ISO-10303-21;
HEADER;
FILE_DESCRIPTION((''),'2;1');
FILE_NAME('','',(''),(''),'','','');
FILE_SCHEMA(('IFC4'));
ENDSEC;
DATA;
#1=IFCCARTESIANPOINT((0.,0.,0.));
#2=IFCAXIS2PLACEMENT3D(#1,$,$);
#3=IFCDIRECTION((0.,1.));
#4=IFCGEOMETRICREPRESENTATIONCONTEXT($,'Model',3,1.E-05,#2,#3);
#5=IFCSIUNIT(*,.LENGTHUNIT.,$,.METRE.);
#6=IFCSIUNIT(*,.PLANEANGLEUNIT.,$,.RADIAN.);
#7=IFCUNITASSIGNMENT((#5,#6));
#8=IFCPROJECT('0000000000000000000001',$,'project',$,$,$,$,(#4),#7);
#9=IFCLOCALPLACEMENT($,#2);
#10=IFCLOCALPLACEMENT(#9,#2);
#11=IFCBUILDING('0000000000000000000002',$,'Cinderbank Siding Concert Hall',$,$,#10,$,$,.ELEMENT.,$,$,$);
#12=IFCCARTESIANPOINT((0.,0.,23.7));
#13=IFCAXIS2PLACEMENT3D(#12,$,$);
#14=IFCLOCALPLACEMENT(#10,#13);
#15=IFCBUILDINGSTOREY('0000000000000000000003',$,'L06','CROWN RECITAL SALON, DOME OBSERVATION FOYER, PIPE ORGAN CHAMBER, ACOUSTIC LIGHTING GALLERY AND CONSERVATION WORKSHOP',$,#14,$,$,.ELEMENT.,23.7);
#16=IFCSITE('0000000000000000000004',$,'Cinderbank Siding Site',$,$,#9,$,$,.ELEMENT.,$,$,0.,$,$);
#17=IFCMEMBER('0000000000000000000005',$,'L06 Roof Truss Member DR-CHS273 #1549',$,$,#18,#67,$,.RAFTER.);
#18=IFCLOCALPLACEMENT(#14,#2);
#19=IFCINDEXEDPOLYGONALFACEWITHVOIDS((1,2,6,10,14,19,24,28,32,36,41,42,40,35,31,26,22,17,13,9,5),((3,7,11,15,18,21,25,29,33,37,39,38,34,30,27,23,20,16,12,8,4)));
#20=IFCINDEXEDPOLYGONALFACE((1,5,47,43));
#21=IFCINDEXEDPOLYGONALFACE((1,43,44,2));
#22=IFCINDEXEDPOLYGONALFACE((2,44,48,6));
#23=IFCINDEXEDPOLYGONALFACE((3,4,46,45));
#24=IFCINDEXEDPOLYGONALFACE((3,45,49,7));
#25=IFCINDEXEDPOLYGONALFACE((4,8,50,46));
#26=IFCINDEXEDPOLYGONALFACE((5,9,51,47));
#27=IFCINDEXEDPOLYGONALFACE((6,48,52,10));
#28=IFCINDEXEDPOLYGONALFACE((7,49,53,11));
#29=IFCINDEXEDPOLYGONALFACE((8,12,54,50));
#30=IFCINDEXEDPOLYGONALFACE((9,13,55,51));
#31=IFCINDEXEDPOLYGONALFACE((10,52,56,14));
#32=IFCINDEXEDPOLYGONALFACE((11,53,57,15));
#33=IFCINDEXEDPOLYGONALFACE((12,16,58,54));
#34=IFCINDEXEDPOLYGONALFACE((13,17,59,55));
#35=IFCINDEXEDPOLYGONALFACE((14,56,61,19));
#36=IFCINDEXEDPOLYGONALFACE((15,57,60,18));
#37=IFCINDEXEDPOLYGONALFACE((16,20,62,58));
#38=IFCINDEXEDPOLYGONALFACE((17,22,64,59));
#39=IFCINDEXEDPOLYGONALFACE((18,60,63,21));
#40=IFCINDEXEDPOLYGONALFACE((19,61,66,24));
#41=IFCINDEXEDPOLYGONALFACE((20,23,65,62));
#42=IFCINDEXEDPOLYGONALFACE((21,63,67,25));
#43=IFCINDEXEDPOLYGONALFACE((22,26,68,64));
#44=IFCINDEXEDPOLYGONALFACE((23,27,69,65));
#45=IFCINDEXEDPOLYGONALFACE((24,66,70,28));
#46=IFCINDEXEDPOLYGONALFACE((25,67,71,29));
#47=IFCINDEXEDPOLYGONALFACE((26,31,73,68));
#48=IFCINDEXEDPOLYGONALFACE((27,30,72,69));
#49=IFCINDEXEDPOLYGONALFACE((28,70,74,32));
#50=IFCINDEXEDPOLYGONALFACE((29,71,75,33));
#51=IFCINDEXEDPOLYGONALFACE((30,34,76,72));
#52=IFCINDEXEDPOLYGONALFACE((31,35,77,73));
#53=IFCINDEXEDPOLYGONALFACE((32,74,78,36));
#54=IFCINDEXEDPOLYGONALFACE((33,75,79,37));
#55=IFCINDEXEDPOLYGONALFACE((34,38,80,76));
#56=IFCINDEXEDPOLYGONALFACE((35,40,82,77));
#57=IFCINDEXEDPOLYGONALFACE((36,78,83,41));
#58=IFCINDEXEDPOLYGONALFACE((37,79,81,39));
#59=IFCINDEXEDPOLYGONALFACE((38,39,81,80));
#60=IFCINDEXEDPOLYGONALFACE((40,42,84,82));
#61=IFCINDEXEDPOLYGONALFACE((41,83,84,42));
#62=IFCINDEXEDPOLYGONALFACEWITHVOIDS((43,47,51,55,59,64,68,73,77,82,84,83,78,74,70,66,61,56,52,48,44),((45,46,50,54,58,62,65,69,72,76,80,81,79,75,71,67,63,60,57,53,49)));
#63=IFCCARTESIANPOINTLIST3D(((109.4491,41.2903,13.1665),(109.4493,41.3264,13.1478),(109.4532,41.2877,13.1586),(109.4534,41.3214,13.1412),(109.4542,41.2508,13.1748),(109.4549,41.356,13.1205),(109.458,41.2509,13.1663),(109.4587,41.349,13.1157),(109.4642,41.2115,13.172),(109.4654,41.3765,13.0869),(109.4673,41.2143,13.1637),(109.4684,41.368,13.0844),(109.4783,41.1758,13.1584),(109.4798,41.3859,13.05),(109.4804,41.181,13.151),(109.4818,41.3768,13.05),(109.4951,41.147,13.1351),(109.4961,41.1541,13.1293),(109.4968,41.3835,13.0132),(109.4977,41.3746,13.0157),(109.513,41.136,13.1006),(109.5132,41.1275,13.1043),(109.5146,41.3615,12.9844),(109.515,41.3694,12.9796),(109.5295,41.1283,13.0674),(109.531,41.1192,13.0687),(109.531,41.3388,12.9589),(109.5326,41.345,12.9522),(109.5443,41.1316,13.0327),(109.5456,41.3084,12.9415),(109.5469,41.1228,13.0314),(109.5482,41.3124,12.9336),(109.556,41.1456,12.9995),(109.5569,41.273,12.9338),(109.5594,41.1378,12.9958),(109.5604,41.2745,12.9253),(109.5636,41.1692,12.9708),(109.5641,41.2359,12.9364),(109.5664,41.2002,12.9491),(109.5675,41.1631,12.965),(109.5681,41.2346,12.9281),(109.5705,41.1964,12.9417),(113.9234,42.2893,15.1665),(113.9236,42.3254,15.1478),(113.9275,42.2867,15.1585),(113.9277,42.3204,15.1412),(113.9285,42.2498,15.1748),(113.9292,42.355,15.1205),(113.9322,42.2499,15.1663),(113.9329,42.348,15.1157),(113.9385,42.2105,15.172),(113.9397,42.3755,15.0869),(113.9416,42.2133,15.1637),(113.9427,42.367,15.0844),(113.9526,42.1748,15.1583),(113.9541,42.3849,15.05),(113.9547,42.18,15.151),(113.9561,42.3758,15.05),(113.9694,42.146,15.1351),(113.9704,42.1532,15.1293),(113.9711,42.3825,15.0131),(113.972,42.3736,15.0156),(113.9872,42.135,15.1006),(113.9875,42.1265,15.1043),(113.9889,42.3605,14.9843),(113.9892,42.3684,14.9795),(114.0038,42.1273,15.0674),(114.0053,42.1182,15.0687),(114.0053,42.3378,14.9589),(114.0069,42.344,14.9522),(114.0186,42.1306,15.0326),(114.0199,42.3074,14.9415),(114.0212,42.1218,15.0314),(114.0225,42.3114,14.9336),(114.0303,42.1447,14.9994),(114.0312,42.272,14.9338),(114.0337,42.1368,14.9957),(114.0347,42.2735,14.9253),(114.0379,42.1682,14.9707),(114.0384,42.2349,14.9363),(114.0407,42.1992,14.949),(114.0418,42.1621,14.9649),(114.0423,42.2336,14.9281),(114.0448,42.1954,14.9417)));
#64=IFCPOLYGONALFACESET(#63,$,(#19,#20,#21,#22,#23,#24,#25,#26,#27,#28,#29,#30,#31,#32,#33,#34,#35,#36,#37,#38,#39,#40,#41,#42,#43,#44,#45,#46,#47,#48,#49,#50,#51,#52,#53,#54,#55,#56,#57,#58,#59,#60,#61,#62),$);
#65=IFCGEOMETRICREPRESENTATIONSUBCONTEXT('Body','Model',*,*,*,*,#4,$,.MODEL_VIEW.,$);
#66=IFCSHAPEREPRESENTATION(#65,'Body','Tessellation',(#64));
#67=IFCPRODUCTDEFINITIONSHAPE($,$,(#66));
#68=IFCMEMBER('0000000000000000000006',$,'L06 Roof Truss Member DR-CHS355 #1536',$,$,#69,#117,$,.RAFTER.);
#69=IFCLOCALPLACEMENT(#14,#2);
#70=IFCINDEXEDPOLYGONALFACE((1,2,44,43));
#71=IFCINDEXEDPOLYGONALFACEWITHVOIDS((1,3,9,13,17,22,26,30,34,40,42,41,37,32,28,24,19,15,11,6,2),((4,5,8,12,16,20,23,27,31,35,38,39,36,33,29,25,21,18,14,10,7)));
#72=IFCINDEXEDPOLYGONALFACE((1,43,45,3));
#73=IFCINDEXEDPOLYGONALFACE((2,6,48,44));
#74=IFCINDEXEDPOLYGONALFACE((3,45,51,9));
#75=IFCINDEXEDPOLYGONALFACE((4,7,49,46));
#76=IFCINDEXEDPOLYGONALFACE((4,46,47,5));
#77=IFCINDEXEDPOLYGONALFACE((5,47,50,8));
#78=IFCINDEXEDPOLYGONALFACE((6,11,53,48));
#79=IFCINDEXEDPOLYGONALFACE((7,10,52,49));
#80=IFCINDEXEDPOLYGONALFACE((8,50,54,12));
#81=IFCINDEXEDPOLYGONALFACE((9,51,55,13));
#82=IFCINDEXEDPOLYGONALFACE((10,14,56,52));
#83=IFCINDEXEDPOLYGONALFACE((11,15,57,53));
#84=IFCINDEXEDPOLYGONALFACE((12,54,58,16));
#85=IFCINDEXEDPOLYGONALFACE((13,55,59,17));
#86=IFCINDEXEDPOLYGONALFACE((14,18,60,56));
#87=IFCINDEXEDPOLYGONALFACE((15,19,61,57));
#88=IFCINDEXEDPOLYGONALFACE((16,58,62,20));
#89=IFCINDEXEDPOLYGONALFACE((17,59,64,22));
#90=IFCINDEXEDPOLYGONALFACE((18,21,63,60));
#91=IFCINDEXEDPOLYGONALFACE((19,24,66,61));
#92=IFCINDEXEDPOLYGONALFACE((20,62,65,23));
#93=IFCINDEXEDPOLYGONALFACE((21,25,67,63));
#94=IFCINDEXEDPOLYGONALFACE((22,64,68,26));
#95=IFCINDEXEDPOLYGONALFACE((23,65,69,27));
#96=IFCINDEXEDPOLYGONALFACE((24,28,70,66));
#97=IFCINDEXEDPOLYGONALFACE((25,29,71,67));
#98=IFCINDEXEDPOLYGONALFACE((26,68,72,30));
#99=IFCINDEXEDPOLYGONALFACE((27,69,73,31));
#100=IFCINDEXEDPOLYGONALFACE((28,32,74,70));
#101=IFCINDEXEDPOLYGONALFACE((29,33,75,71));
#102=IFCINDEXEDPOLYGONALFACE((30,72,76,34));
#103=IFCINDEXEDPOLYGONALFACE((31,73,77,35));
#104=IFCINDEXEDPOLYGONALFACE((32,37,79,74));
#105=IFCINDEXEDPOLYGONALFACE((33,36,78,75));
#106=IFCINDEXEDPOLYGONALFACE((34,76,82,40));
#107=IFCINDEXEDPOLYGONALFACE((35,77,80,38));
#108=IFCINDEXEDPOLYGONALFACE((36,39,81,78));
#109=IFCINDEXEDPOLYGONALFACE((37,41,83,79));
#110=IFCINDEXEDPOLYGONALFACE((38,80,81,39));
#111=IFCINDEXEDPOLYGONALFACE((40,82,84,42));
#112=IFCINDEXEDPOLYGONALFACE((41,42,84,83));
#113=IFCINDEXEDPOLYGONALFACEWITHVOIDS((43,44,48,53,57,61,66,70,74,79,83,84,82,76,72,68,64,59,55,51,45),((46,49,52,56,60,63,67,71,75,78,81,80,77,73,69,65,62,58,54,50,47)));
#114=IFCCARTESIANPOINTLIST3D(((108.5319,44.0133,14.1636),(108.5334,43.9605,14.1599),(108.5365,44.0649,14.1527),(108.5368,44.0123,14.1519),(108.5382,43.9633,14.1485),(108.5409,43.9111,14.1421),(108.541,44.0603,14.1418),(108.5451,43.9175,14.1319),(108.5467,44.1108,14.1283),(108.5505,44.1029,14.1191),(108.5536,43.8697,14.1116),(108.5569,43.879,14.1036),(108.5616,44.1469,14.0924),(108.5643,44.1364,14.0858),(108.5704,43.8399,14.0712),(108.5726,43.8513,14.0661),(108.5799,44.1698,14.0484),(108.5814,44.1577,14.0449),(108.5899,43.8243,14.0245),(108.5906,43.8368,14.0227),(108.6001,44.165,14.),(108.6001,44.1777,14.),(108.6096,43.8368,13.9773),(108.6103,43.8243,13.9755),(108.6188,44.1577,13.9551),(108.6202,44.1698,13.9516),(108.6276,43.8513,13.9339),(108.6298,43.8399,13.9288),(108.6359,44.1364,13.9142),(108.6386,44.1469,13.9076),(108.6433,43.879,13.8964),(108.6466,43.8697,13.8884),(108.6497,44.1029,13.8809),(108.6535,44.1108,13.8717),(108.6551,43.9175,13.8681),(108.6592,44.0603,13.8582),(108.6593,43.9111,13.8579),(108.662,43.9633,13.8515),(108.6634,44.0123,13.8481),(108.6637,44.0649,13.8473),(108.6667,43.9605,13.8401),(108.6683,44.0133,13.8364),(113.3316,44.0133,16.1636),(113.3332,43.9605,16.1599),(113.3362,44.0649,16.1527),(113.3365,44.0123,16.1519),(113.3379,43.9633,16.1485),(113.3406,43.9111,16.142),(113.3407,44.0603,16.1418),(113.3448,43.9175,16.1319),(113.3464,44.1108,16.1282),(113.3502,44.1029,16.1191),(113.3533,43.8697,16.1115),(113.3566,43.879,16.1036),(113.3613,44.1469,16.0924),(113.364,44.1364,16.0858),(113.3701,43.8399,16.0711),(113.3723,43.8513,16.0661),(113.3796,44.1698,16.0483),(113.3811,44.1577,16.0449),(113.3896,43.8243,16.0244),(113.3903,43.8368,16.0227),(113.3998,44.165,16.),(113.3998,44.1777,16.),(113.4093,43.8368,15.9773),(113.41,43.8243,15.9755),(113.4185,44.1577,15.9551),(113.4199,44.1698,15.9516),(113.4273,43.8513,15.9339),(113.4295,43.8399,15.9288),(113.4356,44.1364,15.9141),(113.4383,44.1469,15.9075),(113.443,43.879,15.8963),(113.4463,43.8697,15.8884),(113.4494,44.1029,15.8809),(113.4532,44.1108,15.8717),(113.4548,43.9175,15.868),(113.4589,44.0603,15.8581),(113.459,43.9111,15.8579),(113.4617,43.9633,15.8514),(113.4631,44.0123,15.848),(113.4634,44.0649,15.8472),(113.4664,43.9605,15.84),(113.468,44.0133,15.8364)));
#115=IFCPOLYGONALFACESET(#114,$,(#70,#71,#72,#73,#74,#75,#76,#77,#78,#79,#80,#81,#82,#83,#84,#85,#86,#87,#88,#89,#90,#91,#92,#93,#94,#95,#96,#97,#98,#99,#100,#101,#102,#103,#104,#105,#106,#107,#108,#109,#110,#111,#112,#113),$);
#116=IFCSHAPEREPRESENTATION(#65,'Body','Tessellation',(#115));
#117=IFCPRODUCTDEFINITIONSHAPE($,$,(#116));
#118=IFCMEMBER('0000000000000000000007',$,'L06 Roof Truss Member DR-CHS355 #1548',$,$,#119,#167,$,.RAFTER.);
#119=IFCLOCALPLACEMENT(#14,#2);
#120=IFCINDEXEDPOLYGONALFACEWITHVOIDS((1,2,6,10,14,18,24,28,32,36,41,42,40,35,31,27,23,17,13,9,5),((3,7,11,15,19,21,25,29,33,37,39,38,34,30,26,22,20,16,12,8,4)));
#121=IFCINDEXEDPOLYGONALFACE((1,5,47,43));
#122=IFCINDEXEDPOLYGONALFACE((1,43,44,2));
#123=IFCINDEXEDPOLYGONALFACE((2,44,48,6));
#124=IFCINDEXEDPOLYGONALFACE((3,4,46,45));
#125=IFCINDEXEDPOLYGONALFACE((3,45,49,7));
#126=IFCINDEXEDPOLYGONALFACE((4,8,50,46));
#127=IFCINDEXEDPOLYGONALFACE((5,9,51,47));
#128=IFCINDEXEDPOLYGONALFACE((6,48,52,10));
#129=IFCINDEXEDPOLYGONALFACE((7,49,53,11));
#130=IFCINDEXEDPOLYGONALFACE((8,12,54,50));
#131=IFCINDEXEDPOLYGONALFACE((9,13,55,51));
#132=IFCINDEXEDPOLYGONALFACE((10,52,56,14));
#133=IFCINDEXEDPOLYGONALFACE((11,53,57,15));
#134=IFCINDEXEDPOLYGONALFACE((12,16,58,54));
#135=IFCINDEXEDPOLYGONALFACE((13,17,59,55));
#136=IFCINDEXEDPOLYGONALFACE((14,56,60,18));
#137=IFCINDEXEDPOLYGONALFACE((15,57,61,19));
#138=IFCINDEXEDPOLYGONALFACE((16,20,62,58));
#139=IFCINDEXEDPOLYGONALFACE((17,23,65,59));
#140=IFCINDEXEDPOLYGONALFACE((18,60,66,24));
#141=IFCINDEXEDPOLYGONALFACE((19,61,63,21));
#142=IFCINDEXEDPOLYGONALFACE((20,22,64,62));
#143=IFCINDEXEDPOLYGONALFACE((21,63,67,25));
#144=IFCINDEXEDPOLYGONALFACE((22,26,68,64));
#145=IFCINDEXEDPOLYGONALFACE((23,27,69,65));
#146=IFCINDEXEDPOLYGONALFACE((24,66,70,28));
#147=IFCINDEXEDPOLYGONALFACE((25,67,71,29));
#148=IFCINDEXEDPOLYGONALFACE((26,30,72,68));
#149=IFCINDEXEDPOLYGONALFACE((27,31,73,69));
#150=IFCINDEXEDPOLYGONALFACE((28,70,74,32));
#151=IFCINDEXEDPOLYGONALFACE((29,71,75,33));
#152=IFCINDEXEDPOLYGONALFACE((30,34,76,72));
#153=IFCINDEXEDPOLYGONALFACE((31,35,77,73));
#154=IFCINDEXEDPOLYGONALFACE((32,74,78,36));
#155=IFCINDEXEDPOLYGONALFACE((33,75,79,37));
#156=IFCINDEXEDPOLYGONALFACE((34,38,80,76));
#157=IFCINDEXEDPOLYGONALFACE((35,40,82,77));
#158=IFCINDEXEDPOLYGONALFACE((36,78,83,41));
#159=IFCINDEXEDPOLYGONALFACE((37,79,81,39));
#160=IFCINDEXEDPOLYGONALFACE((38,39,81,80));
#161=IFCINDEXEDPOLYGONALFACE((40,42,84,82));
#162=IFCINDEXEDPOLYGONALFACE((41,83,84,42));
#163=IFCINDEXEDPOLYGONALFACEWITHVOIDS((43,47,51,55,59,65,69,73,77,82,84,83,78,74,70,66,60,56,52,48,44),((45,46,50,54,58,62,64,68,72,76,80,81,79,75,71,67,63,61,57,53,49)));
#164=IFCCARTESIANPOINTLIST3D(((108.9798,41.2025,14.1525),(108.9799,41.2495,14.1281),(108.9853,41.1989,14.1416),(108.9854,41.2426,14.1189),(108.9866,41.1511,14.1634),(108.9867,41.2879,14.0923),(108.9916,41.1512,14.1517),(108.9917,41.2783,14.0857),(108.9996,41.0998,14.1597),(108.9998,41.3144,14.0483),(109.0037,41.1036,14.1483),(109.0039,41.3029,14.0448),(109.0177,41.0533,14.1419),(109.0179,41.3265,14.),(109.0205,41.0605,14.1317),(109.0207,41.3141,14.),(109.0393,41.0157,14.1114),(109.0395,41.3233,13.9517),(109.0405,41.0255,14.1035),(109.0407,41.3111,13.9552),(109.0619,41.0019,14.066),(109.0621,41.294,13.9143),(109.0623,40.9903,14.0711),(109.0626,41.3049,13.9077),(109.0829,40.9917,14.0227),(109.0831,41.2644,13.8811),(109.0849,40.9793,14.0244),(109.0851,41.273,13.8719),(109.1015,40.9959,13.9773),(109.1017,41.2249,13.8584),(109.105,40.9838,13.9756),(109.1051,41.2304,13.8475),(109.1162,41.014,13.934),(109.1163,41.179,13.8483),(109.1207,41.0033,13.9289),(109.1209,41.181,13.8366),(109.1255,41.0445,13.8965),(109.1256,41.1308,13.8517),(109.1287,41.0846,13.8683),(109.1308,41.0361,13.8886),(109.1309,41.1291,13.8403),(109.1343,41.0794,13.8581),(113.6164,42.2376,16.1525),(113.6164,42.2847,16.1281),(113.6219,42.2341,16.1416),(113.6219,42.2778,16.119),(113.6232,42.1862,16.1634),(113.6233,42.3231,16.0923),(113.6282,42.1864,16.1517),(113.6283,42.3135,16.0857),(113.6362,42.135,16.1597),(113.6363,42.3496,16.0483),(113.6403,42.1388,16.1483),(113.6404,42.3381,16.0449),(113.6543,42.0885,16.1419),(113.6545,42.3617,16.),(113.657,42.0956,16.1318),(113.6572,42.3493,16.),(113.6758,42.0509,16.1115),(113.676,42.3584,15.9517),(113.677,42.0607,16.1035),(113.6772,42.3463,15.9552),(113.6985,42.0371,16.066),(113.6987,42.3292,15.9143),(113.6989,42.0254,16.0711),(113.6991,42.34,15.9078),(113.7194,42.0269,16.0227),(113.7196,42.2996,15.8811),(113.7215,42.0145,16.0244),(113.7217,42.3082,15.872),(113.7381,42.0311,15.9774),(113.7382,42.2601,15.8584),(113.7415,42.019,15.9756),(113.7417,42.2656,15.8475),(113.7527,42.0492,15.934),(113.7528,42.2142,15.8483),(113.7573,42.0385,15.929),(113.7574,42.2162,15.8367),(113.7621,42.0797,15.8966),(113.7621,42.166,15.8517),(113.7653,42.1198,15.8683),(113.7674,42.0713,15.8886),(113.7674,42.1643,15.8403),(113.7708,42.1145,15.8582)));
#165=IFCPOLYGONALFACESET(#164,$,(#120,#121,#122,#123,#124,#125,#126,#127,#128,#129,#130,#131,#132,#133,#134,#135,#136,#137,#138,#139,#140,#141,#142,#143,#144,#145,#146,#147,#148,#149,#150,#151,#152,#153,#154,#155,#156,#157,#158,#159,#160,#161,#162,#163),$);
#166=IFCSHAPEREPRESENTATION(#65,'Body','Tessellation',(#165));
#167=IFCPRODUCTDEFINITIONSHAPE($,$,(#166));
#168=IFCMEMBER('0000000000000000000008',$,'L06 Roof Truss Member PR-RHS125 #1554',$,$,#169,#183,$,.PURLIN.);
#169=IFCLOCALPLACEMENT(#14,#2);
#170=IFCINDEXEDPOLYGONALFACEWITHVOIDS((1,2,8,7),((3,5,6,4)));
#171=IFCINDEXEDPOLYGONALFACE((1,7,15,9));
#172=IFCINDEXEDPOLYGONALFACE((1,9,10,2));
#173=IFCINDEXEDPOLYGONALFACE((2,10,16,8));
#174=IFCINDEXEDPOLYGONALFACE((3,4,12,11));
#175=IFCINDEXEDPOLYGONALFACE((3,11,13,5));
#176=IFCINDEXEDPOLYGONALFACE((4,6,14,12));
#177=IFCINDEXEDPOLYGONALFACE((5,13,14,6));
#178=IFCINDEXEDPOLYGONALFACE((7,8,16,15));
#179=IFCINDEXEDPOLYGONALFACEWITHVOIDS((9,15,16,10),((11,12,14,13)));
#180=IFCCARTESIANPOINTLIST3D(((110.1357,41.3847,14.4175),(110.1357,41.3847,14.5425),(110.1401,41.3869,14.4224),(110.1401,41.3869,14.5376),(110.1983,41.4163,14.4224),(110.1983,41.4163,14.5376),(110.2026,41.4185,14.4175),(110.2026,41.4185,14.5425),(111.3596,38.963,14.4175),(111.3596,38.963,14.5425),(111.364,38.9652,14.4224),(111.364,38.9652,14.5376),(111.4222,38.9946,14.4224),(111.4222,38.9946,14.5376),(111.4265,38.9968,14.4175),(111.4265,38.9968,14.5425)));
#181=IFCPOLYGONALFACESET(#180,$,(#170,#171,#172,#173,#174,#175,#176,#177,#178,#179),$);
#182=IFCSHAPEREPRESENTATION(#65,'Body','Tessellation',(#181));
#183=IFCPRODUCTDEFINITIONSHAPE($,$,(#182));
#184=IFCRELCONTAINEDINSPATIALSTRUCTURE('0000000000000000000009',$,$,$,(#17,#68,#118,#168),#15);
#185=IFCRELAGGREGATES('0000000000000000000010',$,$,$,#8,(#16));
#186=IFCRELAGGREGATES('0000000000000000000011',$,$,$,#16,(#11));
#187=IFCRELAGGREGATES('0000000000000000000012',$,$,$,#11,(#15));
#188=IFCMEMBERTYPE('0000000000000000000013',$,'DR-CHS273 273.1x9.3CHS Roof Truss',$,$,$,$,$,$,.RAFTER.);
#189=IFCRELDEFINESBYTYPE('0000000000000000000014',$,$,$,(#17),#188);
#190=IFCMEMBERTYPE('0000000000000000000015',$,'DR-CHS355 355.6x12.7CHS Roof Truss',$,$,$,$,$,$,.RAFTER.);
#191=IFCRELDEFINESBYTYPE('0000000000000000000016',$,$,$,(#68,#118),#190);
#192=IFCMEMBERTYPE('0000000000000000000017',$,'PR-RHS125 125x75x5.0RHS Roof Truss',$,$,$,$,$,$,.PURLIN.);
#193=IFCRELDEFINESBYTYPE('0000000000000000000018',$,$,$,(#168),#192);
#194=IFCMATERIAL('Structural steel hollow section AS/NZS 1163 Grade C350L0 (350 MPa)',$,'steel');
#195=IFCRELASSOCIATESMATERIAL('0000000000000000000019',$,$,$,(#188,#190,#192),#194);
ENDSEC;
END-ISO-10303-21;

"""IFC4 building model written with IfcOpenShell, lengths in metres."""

from ifc_helpers import new_model, si_unit, direction, frame, origin, origin_2d, place, context, subcontext, project, spatial, hollow_rectangle, hollow_circle, extrude, material, material_profile, profile_set, type_object, element, save


model = new_model("IFC4")

# Units and contexts
model_context = context("Model", 3, precision=1e-05, world=origin(), true_north=direction((0.0, 1.0)))
body_context = subcontext(model_context, "Body", "Model", "MODEL_VIEW")
ifc_project = project(units=[si_unit("LENGTHUNIT", "METRE"), si_unit("PLANEANGLEUNIT", "RADIAN")], contexts=[model_context])

# Site, building, storey
site_placement = place(None, origin())
site = spatial("IfcSite", under=ifc_project, at=site_placement, Name="Cinderbank Siding Site", CompositionType="ELEMENT", RefElevation=0.0)
building_placement = place(site_placement, origin())
building = spatial("IfcBuilding", under=site, at=building_placement, Name="Cinderbank Siding Concert Hall", CompositionType="ELEMENT")
storey_placement = place(building_placement, frame((0.0, 0.0, 23.7)))
storey = spatial("IfcBuildingStorey", under=building, at=storey_placement, Name="L06", Description="CROWN RECITAL SALON, DOME OBSERVATION FOYER, PIPE ORGAN CHAMBER, ACOUSTIC LIGHTING GALLERY AND CONSERVATION WORKSHOP", CompositionType="ELEMENT", Elevation=23.7)

# Members
ifc_material_1 = material(Name="Structural steel hollow section AS/NZS 1163 Grade C350L0 (350 MPa)", Category="steel")
ifc_material_profile_1 = material_profile(ifc_material_1, hollow_circle(Radius=0.1365, WallThickness=0.0093, at=origin_2d()), Name="273.1x9.3CHS", Category="LoadBearing")
ifc_profile_set_1 = profile_set([ifc_material_profile_1], Name="Structural steel hollow section AS/NZS 1163 Grade C350L0 (350 MPa)")
member_type_1 = type_object("IfcMemberType", Name="DR-CHS273 273.1x9.3CHS Roof Truss", PredefinedType="RAFTER", material=ifc_profile_set_1)
member_1_placement = place(storey_placement, frame((109.5095, 41.2527, 13.05), z_axis=(0.894551, 0.199733, 0.399856), x_axis=(-0.217911, 0.975969, 0.0)))
element("IfcMember", 1, at=member_1_placement, inside=storey, type_object=member_type_1, Name="L06 Roof Truss Member DR-CHS273 #1549", PredefinedType="RAFTER", context=body_context, shape_type="SweptSolid", body=[
    extrude(hollow_circle(Radius=0.1365, WallThickness=0.0093, at=origin_2d()), origin(), (0.0, 0.0, 1.0), 5.0017),
])
ifc_material_profile_2 = material_profile(ifc_material_1, hollow_circle(Radius=0.1777, WallThickness=0.0127, at=origin_2d()), Name="355.6x12.7CHS", Category="LoadBearing")
ifc_profile_set_2 = profile_set([ifc_material_profile_2], Name="Structural steel hollow section AS/NZS 1163 Grade C350L0 (350 MPa)")
member_type_2 = type_object("IfcMemberType", Name="DR-CHS355 355.6x12.7CHS Roof Truss", PredefinedType="RAFTER", material=ifc_profile_set_2)
member_2_placement = place(storey_placement, frame((108.6001, 44.0, 14.0), z_axis=(0.923071, 0.0, 0.384629), x_axis=(0.0, 1.0, 0.0)))
element("IfcMember", 2, at=member_2_placement, inside=storey, type_object=member_type_2, Name="L06 Roof Truss Member DR-CHS355 #1536", PredefinedType="RAFTER", context=body_context, shape_type="SweptSolid", body=[
    extrude(hollow_circle(Radius=0.1777, WallThickness=0.0127, at=origin_2d()), origin(), (0.0, 0.0, 1.0), 5.1997),
])
member_3_placement = place(storey_placement, frame((109.0566, 41.1531, 14.0), z_axis=(0.899508, 0.200827, 0.388014), x_axis=(-0.217899, 0.975971, 0.0)))
element("IfcMember", 3, at=member_3_placement, inside=storey, type_object=member_type_2, Name="L06 Roof Truss Member DR-CHS355 #1548", PredefinedType="RAFTER", context=body_context, shape_type="SweptSolid", body=[
    extrude(hollow_circle(Radius=0.1777, WallThickness=0.0127, at=origin_2d()), origin(), (0.0, 0.0, 1.0), 5.1545),
])
ifc_material_profile_3 = material_profile(ifc_material_1, hollow_rectangle(XDim=0.075, YDim=0.125, WallThickness=0.0049, at=origin_2d()), Name="125x75x5.0RHS", Category="LoadBearing")
ifc_profile_set_3 = profile_set([ifc_material_profile_3], Name="Structural steel hollow section AS/NZS 1163 Grade C350L0 (350 MPa)")
member_type_3 = type_object("IfcMemberType", Name="PR-RHS125 125x75x5.0RHS Roof Truss", PredefinedType="PURLIN", material=ifc_profile_set_3)
member_4_placement = place(storey_placement, frame((110.1692, 41.4016, 14.48), z_axis=(0.451061, -0.892493, 0.0), x_axis=(0.892493, 0.451061, 0.0)))
element("IfcMember", 4, at=member_4_placement, inside=storey, type_object=member_type_3, Name="L06 Roof Truss Member PR-RHS125 #1554", PredefinedType="PURLIN", context=body_context, shape_type="SweptSolid", body=[
    extrude(hollow_rectangle(XDim=0.075, YDim=0.125, WallThickness=0.0049, at=origin_2d()), origin(), (0.0, 0.0, 1.0), 2.7134),
])

save(model, "model.ifc")
